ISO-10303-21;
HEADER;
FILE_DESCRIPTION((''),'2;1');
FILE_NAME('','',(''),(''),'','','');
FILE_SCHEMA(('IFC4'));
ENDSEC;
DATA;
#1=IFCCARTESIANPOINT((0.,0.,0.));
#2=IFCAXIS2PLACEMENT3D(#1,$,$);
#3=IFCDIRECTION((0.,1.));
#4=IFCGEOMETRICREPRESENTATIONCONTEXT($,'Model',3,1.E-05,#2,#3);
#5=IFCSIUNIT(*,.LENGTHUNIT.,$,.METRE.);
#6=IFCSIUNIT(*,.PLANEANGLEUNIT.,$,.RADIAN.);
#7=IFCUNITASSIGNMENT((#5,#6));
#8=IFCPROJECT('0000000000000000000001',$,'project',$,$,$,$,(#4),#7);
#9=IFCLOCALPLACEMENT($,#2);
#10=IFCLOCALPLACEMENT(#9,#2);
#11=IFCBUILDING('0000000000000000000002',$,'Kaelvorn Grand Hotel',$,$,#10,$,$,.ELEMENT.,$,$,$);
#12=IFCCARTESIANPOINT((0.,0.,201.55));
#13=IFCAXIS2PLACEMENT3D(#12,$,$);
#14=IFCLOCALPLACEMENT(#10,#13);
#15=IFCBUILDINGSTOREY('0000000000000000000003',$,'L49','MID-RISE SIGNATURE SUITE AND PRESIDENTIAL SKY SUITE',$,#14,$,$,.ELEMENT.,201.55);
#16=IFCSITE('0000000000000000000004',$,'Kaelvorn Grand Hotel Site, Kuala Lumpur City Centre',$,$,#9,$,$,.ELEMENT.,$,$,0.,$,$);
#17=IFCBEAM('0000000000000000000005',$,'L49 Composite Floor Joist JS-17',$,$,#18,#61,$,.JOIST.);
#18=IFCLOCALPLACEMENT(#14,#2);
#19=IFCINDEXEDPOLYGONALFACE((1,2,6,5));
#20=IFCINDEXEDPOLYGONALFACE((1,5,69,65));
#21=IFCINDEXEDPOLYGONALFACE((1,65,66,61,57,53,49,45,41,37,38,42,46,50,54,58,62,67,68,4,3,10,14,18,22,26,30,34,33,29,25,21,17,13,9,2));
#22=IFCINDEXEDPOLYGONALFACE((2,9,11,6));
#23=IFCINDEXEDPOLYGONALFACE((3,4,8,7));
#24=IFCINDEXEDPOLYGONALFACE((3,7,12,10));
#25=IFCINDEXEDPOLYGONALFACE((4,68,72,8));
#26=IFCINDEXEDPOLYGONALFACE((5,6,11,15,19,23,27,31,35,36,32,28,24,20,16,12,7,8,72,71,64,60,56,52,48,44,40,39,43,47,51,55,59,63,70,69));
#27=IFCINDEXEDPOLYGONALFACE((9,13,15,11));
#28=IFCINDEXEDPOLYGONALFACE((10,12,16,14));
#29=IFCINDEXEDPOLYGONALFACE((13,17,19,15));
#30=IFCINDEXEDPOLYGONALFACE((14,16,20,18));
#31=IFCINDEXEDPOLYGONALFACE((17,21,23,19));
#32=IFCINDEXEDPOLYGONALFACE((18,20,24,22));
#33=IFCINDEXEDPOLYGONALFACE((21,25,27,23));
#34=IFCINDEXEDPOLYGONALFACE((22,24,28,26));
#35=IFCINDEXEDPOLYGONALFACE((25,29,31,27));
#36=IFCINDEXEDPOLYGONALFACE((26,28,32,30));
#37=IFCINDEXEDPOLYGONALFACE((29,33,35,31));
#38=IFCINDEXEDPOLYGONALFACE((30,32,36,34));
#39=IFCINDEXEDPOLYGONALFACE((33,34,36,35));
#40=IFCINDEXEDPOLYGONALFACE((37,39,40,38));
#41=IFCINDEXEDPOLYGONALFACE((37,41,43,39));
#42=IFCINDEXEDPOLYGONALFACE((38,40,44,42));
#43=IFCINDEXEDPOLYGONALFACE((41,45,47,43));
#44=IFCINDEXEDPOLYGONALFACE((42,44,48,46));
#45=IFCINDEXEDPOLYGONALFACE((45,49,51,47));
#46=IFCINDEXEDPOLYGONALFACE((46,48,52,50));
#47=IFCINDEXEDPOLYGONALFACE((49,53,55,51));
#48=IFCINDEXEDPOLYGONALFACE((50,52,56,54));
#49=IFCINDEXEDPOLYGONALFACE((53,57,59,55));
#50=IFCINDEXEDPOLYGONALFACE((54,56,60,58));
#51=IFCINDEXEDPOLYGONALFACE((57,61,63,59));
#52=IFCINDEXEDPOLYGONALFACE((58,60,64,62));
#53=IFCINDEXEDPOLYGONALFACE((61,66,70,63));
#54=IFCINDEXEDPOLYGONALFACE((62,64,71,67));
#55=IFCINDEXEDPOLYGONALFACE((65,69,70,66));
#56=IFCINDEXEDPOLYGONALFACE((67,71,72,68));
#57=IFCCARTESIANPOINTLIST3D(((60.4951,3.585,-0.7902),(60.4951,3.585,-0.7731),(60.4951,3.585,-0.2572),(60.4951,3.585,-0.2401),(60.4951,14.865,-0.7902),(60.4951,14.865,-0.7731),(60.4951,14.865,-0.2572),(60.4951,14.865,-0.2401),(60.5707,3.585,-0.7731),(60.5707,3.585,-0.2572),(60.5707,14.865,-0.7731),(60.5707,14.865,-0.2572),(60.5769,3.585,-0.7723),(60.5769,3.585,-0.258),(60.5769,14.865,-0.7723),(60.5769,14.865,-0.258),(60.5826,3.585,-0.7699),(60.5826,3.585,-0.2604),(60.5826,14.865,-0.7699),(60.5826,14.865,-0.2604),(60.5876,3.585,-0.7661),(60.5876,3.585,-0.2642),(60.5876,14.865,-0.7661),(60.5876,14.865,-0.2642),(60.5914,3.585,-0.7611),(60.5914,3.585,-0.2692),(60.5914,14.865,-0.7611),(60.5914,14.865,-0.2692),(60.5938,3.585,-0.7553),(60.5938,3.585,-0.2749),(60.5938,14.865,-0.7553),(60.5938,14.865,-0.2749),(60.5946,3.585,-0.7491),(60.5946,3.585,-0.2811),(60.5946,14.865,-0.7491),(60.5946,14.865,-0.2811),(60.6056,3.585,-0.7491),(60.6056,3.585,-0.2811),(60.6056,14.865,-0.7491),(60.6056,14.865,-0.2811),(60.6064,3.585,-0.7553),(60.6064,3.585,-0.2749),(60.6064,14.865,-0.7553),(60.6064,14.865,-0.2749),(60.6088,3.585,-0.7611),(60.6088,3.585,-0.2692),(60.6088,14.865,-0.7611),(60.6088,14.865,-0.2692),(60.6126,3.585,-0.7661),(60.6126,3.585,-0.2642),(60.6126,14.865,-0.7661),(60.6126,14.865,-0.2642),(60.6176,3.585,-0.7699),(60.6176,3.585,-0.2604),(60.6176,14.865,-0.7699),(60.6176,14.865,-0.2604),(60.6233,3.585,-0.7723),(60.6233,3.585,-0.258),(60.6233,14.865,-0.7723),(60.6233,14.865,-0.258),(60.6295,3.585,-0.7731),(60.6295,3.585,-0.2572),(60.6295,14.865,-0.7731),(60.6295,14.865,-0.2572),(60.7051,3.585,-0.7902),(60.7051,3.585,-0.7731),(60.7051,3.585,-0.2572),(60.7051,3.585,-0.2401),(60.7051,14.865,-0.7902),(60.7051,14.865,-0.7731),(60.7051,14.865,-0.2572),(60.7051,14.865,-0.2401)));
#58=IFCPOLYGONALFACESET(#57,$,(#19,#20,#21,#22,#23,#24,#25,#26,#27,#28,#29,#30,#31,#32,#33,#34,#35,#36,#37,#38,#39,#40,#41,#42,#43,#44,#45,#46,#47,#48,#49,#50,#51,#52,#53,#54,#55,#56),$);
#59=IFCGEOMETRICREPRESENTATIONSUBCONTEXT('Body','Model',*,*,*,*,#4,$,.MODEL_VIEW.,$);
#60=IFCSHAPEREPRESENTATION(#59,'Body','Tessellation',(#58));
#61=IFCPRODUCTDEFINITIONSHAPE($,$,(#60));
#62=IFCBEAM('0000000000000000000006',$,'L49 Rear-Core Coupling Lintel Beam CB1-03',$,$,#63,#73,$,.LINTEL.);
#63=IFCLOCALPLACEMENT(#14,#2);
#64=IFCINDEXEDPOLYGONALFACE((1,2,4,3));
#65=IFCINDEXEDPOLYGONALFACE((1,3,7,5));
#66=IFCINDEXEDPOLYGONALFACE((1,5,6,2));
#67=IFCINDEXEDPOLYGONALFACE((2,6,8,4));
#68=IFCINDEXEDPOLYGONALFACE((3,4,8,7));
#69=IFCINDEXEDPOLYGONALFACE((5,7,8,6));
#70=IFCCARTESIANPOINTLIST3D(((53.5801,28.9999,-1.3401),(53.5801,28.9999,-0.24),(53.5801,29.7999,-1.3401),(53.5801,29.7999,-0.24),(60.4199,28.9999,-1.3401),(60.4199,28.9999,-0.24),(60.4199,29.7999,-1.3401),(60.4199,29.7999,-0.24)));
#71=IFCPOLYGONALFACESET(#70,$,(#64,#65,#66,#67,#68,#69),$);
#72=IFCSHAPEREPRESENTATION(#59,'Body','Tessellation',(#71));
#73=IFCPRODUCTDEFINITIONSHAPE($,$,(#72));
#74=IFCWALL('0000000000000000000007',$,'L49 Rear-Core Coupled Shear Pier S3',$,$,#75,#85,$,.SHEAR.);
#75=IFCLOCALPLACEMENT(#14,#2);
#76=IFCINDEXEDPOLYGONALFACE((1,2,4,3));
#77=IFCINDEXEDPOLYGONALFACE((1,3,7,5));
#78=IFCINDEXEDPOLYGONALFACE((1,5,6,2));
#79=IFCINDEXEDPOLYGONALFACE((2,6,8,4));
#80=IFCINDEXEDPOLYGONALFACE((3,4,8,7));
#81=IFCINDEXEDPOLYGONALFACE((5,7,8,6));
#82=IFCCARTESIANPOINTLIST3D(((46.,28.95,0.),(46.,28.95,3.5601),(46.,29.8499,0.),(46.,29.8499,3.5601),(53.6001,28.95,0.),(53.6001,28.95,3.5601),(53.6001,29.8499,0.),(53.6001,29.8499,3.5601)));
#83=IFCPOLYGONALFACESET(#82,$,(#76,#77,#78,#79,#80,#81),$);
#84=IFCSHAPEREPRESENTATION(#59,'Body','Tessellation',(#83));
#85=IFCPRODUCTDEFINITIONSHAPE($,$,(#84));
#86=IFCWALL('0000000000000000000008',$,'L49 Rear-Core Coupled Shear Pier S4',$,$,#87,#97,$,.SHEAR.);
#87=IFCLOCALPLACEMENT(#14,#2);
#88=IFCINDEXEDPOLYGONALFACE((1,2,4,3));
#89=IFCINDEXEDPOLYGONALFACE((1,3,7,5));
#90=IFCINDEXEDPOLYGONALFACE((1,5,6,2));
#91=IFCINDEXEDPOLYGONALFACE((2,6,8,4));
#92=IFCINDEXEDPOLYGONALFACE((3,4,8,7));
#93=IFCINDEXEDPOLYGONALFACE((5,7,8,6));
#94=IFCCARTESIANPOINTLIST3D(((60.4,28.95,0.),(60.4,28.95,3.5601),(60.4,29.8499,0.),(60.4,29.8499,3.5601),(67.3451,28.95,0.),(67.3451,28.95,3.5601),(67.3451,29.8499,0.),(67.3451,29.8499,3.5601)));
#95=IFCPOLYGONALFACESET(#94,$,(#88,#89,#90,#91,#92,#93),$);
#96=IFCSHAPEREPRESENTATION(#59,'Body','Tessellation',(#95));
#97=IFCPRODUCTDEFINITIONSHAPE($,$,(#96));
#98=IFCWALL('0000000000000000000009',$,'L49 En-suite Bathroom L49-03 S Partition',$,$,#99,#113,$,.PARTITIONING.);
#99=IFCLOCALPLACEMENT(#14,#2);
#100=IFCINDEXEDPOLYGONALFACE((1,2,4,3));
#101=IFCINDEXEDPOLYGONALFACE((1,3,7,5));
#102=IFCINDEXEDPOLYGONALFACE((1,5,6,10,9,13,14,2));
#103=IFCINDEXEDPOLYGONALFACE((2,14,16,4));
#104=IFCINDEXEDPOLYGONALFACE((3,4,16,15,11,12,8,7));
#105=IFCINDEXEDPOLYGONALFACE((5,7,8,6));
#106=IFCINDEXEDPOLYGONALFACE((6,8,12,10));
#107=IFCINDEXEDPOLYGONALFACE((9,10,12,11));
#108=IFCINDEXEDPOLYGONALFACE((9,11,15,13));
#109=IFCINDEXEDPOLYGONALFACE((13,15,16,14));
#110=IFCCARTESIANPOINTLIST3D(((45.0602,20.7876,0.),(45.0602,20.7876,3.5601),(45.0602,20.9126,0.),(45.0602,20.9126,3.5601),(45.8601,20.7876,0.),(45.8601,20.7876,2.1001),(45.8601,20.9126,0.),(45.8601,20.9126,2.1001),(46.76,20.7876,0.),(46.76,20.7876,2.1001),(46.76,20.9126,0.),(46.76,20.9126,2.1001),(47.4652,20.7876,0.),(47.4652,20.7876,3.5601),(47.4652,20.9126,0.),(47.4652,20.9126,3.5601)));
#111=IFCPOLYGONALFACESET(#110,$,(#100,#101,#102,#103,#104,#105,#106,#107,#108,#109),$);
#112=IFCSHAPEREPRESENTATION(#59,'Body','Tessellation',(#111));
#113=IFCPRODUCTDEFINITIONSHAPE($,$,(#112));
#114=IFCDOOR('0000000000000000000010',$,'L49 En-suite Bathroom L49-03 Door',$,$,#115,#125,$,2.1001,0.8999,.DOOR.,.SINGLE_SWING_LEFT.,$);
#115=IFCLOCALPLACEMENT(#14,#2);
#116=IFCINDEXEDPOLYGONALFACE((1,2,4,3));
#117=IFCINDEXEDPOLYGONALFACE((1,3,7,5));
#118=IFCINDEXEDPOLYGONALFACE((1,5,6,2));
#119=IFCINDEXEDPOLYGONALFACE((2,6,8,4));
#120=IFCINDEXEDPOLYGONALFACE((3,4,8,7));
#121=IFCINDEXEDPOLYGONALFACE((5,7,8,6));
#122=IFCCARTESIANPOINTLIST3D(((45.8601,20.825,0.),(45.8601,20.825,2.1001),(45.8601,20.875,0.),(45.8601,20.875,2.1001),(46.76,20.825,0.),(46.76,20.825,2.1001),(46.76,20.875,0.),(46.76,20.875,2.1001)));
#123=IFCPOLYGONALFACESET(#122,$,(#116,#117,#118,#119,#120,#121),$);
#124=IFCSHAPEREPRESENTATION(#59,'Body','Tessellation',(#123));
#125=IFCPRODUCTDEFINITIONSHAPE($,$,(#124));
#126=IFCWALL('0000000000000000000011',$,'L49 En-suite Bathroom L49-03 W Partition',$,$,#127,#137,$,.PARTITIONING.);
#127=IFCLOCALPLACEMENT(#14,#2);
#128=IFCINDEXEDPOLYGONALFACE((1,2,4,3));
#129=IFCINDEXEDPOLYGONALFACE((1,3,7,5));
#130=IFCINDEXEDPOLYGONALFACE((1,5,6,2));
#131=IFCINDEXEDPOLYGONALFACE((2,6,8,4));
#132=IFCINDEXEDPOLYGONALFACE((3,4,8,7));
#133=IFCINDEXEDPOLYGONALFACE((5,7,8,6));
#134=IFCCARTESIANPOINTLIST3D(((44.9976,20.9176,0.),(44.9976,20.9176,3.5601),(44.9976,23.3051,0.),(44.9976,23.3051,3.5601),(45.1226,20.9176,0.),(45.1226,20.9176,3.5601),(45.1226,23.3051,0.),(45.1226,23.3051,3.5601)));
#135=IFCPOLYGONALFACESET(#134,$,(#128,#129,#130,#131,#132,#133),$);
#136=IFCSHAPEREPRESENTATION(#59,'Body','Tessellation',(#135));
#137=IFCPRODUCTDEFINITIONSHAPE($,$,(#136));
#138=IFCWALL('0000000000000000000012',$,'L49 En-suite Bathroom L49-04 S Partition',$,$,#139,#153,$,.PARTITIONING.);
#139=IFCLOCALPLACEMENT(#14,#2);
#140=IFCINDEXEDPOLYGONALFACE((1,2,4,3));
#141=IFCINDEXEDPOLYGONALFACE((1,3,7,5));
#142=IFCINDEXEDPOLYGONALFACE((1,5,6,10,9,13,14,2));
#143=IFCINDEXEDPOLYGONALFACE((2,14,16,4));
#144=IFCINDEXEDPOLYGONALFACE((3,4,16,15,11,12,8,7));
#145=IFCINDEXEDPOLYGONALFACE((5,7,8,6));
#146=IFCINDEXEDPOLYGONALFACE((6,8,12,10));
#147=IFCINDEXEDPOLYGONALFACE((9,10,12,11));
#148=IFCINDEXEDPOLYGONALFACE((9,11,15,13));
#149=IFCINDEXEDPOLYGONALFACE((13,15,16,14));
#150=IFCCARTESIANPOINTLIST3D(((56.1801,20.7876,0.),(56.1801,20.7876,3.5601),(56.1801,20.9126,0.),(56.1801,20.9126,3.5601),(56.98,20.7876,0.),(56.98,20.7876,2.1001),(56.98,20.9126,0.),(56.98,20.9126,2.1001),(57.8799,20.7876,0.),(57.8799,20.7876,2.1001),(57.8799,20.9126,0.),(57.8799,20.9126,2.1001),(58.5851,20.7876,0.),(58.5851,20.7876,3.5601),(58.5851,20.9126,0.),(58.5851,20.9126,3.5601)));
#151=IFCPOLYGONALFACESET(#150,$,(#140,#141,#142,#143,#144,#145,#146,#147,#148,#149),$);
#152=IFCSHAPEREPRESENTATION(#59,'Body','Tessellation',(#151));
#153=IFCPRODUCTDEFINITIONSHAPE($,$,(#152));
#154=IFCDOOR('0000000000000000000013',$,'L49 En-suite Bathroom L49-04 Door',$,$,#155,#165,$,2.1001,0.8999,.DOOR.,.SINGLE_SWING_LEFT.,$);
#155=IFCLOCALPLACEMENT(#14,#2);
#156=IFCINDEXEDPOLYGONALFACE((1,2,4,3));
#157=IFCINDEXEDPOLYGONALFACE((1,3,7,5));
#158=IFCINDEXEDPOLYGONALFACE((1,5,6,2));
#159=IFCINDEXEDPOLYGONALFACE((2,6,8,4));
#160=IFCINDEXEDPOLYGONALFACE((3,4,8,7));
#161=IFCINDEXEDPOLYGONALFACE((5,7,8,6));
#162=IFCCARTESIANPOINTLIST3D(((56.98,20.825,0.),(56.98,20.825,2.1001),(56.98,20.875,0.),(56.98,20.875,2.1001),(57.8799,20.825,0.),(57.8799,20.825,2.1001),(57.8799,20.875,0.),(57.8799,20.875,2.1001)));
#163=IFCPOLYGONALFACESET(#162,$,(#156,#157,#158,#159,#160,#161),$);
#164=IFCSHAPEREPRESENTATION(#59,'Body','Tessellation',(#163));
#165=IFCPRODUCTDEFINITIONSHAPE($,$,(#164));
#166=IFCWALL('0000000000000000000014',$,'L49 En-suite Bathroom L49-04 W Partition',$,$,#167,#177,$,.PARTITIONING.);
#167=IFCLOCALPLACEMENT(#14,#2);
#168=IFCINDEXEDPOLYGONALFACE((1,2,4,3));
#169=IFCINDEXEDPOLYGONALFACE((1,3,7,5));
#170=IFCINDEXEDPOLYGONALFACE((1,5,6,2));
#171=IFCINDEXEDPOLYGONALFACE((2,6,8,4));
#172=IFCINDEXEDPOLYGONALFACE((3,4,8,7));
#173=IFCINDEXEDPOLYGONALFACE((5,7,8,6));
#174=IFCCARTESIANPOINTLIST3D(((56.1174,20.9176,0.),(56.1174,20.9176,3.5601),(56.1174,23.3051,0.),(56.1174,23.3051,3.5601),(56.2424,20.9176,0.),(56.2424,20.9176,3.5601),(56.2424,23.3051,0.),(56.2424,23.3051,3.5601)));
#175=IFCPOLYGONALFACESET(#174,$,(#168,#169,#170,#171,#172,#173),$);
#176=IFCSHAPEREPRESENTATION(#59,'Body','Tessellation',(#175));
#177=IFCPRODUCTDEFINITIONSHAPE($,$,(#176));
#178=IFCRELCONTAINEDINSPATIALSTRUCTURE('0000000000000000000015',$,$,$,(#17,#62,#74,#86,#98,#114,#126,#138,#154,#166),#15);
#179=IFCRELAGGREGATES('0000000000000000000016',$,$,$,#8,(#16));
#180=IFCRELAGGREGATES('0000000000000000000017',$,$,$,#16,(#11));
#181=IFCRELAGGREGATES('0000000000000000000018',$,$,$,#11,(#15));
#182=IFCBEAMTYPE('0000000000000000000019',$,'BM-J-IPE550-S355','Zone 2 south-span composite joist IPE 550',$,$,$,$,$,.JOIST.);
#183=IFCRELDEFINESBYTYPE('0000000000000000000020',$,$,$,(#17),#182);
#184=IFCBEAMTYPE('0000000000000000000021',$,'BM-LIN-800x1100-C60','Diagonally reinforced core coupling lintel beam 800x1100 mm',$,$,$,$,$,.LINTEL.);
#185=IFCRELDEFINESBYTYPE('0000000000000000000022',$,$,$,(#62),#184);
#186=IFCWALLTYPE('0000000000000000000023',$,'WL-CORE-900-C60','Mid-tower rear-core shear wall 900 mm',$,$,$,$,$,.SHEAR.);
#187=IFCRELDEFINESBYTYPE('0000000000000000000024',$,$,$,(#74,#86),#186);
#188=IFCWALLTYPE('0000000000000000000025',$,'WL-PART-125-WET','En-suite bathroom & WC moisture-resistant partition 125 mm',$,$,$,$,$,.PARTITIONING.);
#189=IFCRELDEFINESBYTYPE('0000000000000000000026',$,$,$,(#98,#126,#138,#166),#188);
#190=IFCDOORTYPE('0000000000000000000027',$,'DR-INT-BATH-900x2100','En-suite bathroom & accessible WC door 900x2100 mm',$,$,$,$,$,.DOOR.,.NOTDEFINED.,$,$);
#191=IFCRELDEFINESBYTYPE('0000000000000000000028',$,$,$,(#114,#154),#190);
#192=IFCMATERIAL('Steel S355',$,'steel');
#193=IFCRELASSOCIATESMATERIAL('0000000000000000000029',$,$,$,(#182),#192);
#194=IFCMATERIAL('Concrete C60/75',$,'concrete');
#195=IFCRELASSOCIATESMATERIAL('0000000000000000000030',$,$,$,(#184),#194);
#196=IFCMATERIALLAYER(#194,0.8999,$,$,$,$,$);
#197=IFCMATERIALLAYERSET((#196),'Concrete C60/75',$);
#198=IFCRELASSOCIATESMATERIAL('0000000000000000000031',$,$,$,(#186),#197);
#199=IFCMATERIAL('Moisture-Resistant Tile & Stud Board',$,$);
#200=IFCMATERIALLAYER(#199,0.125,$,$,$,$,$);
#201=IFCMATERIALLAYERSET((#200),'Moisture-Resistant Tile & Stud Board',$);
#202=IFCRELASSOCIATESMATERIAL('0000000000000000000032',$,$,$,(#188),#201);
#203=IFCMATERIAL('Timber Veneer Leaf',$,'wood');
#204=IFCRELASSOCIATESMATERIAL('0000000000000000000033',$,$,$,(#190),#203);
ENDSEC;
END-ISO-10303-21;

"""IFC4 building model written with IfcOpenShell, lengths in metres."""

from ifc_helpers import new_model, si_unit, direction, frame, frame_2d, origin, origin_2d, place, context, subcontext, project, spatial, rectangle, i_section, extrude, material, layer, layer_set, material_profile, profile_set, type_object, element, fill, save


model = new_model("IFC4")

# Units and contexts
model_context = context("Model", 3, precision=1e-05, world=origin(), true_north=direction((0.0, 1.0)))
body_context = subcontext(model_context, "Body", "Model", "MODEL_VIEW")
ifc_project = project(units=[si_unit("LENGTHUNIT", "METRE"), si_unit("PLANEANGLEUNIT", "RADIAN")], contexts=[model_context])

# Site, building, storey
site_placement = place(None, origin())
site = spatial("IfcSite", under=ifc_project, at=site_placement, Name="Kaelvorn Grand Hotel Site, Kuala Lumpur City Centre", CompositionType="ELEMENT", RefElevation=0.0)
building_placement = place(site_placement, origin())
building = spatial("IfcBuilding", under=site, at=building_placement, Name="Kaelvorn Grand Hotel", CompositionType="ELEMENT")
storey_placement = place(building_placement, frame((0.0, 0.0, 201.55)))
storey = spatial("IfcBuildingStorey", under=building, at=storey_placement, Name="L49", Description="MID-RISE SIGNATURE SUITE AND PRESIDENTIAL SKY SUITE", CompositionType="ELEMENT", Elevation=201.55)

# Shared definitions
ifc_material_1 = material(Name="Concrete C60/75", Category="concrete")

# Beams
ifc_material_2 = material(Name="Steel S355", Category="steel")
ifc_material_profile_1 = material_profile(ifc_material_2, i_section(OverallWidth=0.21, OverallDepth=0.55, WebThickness=0.011, FlangeThickness=0.0171, FilletRadius=0.0239, at=origin_2d()), Name="IPE 550")
ifc_profile_set_1 = profile_set([ifc_material_profile_1], Name="Steel S355")
beam_type_1 = type_object("IfcBeamType", Name="BM-J-IPE550-S355", Description="Zone 2 south-span composite joist IPE 550", PredefinedType="JOIST", material=ifc_profile_set_1)
beam_1_placement = place(storey_placement, frame((60.6001, 3.585, -0.5151), z_axis=(0.0, 1.0, 0.0), x_axis=(-1.0, 0.0, 0.0)))
element("IfcBeam", 1, at=beam_1_placement, inside=storey, type_object=beam_type_1, Name="L49 Composite Floor Joist JS-17", PredefinedType="JOIST", context=body_context, shape_type="SweptSolid", body=[
    extrude(i_section(OverallWidth=0.21, OverallDepth=0.55, WebThickness=0.011, FlangeThickness=0.0171, FilletRadius=0.0239, at=origin_2d()), origin(), (0.0, 0.0, 1.0), 11.28),
])
ifc_material_profile_2 = material_profile(ifc_material_1, rectangle(XDim=0.8, YDim=1.1001, at=origin_2d()), Name="RC LINTEL 800x1100")
ifc_profile_set_2 = profile_set([ifc_material_profile_2], Name="Concrete C60/75")
beam_type_2 = type_object("IfcBeamType", Name="BM-LIN-800x1100-C60", Description="Diagonally reinforced core coupling lintel beam 800x1100 mm", PredefinedType="LINTEL", material=ifc_profile_set_2)
beam_2_placement = place(storey_placement, frame((53.5801, 29.3999, -0.79), z_axis=(1.0, 0.0, 0.0), x_axis=(0.0, 1.0, 0.0)))
element("IfcBeam", 2, at=beam_2_placement, inside=storey, type_object=beam_type_2, Name="L49 Rear-Core Coupling Lintel Beam CB1-03", PredefinedType="LINTEL", context=body_context, shape_type="SweptSolid", body=[
    extrude(rectangle(XDim=0.8, YDim=1.1001, at=origin_2d()), origin(), (0.0, 0.0, 1.0), 6.8398),
])

# Walls
ifc_layer_1 = layer(ifc_material_1, 0.8999)
ifc_layer_set_1 = layer_set([ifc_layer_1], Name="Concrete C60/75")
wall_type_1 = type_object("IfcWallType", Name="WL-CORE-900-C60", Description="Mid-tower rear-core shear wall 900 mm", PredefinedType="SHEAR", material=ifc_layer_set_1)
wall_1_placement = place(storey_placement, frame((46.0, 29.3999, 0.0), z_axis=(0.0, 0.0, 1.0), x_axis=(1.0, 0.0, 0.0)))
element("IfcWall", 3, at=wall_1_placement, inside=storey, type_object=wall_type_1, Name="L49 Rear-Core Coupled Shear Pier S3", PredefinedType="SHEAR", context=body_context, shape_type="SweptSolid", body=[
    extrude(rectangle(XDim=7.6001, YDim=0.8999, at=frame_2d((3.8, 0.0))), origin(), (0.0, 0.0, 1.0), 3.5601),
])
wall_2_placement = place(storey_placement, frame((60.3999, 29.3999, 0.0), z_axis=(0.0, 0.0, 1.0), x_axis=(1.0, 0.0, 0.0)))
element("IfcWall", 4, at=wall_2_placement, inside=storey, type_object=wall_type_1, Name="L49 Rear-Core Coupled Shear Pier S4", PredefinedType="SHEAR", context=body_context, shape_type="SweptSolid", body=[
    extrude(rectangle(XDim=6.9451, YDim=0.8999, at=frame_2d((3.4727, 0.0))), origin(), (0.0, 0.0, 1.0), 3.5601),
])

# Wall, opening, door
ifc_material_3 = material(Name="Moisture-Resistant Tile & Stud Board")
ifc_layer_2 = layer(ifc_material_3, 0.125)
ifc_layer_set_2 = layer_set([ifc_layer_2], Name="Moisture-Resistant Tile & Stud Board")
wall_type_2 = type_object("IfcWallType", Name="WL-PART-125-WET", Description="En-suite bathroom & WC moisture-resistant partition 125 mm", PredefinedType="PARTITIONING", material=ifc_layer_set_2)
wall_3_placement = place(storey_placement, frame((45.0601, 20.8501, 0.0), z_axis=(0.0, 0.0, 1.0), x_axis=(1.0, 0.0, 0.0)))
wall_3 = element("IfcWall", 5, at=wall_3_placement, inside=storey, type_object=wall_type_2, Name="L49 En-suite Bathroom L49-03 S Partition", PredefinedType="PARTITIONING", context=body_context, shape_type="SweptSolid", body=[
    extrude(rectangle(XDim=2.405, YDim=0.125, at=frame_2d((1.2026, 0.0))), origin(), (0.0, 0.0, 1.0), 3.5601),
])
opening_1_placement = place(wall_3_placement, frame((0.8, 0.0, 0.0)))
opening_1 = element("IfcOpeningElement", 6, at=opening_1_placement, cuts=wall_3, PredefinedType="OPENING", context=body_context, shape_type="SweptSolid", body=[
    extrude(rectangle(XDim=0.8999, YDim=2.1001, at=frame_2d((0.45, 1.05))), frame((0.0, 0.0725, 0.0), z_axis=(0.0, -1.0, 0.0), x_axis=(1.0, 0.0, 0.0)), (0.0, 0.0, 1.0), 0.145),
])
ifc_material_4 = material(Name="Timber Veneer Leaf", Category="wood")
door_type_1 = type_object("IfcDoorType", Name="DR-INT-BATH-900x2100", Description="En-suite bathroom & accessible WC door 900x2100 mm", OperationType="NOTDEFINED", PredefinedType="DOOR", material=ifc_material_4)
door_1_placement = place(opening_1_placement, origin())
door_1 = element("IfcDoor", 7, at=door_1_placement, inside=storey, type_object=door_type_1, Name="L49 En-suite Bathroom L49-03 Door", OperationType="SINGLE_SWING_LEFT", OverallHeight=2.1001, OverallWidth=0.8999, PredefinedType="DOOR", context=body_context, shape_type="SweptSolid", body=[
    extrude(rectangle(XDim=0.8999, YDim=2.1001, at=frame_2d((0.45, 1.05))), frame((0.0, 0.0249, 0.0), z_axis=(0.0, -1.0, 0.0), x_axis=(1.0, 0.0, 0.0)), (0.0, 0.0, 1.0), 0.05),
])
fill(opening_1, door_1)

# Wall
wall_4_placement = place(storey_placement, frame((45.0601, 20.9175, 0.0), z_axis=(0.0, 0.0, 1.0), x_axis=(0.0, 1.0, 0.0)))
element("IfcWall", 8, at=wall_4_placement, inside=storey, type_object=wall_type_2, Name="L49 En-suite Bathroom L49-03 W Partition", PredefinedType="PARTITIONING", context=body_context, shape_type="SweptSolid", body=[
    extrude(rectangle(XDim=2.3875, YDim=0.125, at=frame_2d((1.1938, 0.0))), origin(), (0.0, 0.0, 1.0), 3.5601),
])

# Wall, opening, door
wall_5_placement = place(storey_placement, frame((56.1799, 20.8501, 0.0), z_axis=(0.0, 0.0, 1.0), x_axis=(1.0, 0.0, 0.0)))
wall_5 = element("IfcWall", 9, at=wall_5_placement, inside=storey, type_object=wall_type_2, Name="L49 En-suite Bathroom L49-04 S Partition", PredefinedType="PARTITIONING", context=body_context, shape_type="SweptSolid", body=[
    extrude(rectangle(XDim=2.405, YDim=0.125, at=frame_2d((1.2026, 0.0))), origin(), (0.0, 0.0, 1.0), 3.5601),
])
opening_2_placement = place(wall_5_placement, frame((0.8, 0.0, 0.0)))
opening_2 = element("IfcOpeningElement", 10, at=opening_2_placement, cuts=wall_5, PredefinedType="OPENING", context=body_context, shape_type="SweptSolid", body=[
    extrude(rectangle(XDim=0.8999, YDim=2.1001, at=frame_2d((0.45, 1.05))), frame((0.0, 0.0725, 0.0), z_axis=(0.0, -1.0, 0.0), x_axis=(1.0, 0.0, 0.0)), (0.0, 0.0, 1.0), 0.145),
])
door_2_placement = place(opening_2_placement, origin())
door_2 = element("IfcDoor", 11, at=door_2_placement, inside=storey, type_object=door_type_1, Name="L49 En-suite Bathroom L49-04 Door", OperationType="SINGLE_SWING_LEFT", OverallHeight=2.1001, OverallWidth=0.8999, PredefinedType="DOOR", context=body_context, shape_type="SweptSolid", body=[
    extrude(rectangle(XDim=0.8999, YDim=2.1001, at=frame_2d((0.45, 1.05))), frame((0.0, 0.0249, 0.0), z_axis=(0.0, -1.0, 0.0), x_axis=(1.0, 0.0, 0.0)), (0.0, 0.0, 1.0), 0.05),
])
fill(opening_2, door_2)

# Wall
wall_6_placement = place(storey_placement, frame((56.1799, 20.9175, 0.0), z_axis=(0.0, 0.0, 1.0), x_axis=(0.0, 1.0, 0.0)))
element("IfcWall", 12, at=wall_6_placement, inside=storey, type_object=wall_type_2, Name="L49 En-suite Bathroom L49-04 W Partition", PredefinedType="PARTITIONING", context=body_context, shape_type="SweptSolid", body=[
    extrude(rectangle(XDim=2.3875, YDim=0.125, at=frame_2d((1.1938, 0.0))), origin(), (0.0, 0.0, 1.0), 3.5601),
])

save(model, "model.ifc")
